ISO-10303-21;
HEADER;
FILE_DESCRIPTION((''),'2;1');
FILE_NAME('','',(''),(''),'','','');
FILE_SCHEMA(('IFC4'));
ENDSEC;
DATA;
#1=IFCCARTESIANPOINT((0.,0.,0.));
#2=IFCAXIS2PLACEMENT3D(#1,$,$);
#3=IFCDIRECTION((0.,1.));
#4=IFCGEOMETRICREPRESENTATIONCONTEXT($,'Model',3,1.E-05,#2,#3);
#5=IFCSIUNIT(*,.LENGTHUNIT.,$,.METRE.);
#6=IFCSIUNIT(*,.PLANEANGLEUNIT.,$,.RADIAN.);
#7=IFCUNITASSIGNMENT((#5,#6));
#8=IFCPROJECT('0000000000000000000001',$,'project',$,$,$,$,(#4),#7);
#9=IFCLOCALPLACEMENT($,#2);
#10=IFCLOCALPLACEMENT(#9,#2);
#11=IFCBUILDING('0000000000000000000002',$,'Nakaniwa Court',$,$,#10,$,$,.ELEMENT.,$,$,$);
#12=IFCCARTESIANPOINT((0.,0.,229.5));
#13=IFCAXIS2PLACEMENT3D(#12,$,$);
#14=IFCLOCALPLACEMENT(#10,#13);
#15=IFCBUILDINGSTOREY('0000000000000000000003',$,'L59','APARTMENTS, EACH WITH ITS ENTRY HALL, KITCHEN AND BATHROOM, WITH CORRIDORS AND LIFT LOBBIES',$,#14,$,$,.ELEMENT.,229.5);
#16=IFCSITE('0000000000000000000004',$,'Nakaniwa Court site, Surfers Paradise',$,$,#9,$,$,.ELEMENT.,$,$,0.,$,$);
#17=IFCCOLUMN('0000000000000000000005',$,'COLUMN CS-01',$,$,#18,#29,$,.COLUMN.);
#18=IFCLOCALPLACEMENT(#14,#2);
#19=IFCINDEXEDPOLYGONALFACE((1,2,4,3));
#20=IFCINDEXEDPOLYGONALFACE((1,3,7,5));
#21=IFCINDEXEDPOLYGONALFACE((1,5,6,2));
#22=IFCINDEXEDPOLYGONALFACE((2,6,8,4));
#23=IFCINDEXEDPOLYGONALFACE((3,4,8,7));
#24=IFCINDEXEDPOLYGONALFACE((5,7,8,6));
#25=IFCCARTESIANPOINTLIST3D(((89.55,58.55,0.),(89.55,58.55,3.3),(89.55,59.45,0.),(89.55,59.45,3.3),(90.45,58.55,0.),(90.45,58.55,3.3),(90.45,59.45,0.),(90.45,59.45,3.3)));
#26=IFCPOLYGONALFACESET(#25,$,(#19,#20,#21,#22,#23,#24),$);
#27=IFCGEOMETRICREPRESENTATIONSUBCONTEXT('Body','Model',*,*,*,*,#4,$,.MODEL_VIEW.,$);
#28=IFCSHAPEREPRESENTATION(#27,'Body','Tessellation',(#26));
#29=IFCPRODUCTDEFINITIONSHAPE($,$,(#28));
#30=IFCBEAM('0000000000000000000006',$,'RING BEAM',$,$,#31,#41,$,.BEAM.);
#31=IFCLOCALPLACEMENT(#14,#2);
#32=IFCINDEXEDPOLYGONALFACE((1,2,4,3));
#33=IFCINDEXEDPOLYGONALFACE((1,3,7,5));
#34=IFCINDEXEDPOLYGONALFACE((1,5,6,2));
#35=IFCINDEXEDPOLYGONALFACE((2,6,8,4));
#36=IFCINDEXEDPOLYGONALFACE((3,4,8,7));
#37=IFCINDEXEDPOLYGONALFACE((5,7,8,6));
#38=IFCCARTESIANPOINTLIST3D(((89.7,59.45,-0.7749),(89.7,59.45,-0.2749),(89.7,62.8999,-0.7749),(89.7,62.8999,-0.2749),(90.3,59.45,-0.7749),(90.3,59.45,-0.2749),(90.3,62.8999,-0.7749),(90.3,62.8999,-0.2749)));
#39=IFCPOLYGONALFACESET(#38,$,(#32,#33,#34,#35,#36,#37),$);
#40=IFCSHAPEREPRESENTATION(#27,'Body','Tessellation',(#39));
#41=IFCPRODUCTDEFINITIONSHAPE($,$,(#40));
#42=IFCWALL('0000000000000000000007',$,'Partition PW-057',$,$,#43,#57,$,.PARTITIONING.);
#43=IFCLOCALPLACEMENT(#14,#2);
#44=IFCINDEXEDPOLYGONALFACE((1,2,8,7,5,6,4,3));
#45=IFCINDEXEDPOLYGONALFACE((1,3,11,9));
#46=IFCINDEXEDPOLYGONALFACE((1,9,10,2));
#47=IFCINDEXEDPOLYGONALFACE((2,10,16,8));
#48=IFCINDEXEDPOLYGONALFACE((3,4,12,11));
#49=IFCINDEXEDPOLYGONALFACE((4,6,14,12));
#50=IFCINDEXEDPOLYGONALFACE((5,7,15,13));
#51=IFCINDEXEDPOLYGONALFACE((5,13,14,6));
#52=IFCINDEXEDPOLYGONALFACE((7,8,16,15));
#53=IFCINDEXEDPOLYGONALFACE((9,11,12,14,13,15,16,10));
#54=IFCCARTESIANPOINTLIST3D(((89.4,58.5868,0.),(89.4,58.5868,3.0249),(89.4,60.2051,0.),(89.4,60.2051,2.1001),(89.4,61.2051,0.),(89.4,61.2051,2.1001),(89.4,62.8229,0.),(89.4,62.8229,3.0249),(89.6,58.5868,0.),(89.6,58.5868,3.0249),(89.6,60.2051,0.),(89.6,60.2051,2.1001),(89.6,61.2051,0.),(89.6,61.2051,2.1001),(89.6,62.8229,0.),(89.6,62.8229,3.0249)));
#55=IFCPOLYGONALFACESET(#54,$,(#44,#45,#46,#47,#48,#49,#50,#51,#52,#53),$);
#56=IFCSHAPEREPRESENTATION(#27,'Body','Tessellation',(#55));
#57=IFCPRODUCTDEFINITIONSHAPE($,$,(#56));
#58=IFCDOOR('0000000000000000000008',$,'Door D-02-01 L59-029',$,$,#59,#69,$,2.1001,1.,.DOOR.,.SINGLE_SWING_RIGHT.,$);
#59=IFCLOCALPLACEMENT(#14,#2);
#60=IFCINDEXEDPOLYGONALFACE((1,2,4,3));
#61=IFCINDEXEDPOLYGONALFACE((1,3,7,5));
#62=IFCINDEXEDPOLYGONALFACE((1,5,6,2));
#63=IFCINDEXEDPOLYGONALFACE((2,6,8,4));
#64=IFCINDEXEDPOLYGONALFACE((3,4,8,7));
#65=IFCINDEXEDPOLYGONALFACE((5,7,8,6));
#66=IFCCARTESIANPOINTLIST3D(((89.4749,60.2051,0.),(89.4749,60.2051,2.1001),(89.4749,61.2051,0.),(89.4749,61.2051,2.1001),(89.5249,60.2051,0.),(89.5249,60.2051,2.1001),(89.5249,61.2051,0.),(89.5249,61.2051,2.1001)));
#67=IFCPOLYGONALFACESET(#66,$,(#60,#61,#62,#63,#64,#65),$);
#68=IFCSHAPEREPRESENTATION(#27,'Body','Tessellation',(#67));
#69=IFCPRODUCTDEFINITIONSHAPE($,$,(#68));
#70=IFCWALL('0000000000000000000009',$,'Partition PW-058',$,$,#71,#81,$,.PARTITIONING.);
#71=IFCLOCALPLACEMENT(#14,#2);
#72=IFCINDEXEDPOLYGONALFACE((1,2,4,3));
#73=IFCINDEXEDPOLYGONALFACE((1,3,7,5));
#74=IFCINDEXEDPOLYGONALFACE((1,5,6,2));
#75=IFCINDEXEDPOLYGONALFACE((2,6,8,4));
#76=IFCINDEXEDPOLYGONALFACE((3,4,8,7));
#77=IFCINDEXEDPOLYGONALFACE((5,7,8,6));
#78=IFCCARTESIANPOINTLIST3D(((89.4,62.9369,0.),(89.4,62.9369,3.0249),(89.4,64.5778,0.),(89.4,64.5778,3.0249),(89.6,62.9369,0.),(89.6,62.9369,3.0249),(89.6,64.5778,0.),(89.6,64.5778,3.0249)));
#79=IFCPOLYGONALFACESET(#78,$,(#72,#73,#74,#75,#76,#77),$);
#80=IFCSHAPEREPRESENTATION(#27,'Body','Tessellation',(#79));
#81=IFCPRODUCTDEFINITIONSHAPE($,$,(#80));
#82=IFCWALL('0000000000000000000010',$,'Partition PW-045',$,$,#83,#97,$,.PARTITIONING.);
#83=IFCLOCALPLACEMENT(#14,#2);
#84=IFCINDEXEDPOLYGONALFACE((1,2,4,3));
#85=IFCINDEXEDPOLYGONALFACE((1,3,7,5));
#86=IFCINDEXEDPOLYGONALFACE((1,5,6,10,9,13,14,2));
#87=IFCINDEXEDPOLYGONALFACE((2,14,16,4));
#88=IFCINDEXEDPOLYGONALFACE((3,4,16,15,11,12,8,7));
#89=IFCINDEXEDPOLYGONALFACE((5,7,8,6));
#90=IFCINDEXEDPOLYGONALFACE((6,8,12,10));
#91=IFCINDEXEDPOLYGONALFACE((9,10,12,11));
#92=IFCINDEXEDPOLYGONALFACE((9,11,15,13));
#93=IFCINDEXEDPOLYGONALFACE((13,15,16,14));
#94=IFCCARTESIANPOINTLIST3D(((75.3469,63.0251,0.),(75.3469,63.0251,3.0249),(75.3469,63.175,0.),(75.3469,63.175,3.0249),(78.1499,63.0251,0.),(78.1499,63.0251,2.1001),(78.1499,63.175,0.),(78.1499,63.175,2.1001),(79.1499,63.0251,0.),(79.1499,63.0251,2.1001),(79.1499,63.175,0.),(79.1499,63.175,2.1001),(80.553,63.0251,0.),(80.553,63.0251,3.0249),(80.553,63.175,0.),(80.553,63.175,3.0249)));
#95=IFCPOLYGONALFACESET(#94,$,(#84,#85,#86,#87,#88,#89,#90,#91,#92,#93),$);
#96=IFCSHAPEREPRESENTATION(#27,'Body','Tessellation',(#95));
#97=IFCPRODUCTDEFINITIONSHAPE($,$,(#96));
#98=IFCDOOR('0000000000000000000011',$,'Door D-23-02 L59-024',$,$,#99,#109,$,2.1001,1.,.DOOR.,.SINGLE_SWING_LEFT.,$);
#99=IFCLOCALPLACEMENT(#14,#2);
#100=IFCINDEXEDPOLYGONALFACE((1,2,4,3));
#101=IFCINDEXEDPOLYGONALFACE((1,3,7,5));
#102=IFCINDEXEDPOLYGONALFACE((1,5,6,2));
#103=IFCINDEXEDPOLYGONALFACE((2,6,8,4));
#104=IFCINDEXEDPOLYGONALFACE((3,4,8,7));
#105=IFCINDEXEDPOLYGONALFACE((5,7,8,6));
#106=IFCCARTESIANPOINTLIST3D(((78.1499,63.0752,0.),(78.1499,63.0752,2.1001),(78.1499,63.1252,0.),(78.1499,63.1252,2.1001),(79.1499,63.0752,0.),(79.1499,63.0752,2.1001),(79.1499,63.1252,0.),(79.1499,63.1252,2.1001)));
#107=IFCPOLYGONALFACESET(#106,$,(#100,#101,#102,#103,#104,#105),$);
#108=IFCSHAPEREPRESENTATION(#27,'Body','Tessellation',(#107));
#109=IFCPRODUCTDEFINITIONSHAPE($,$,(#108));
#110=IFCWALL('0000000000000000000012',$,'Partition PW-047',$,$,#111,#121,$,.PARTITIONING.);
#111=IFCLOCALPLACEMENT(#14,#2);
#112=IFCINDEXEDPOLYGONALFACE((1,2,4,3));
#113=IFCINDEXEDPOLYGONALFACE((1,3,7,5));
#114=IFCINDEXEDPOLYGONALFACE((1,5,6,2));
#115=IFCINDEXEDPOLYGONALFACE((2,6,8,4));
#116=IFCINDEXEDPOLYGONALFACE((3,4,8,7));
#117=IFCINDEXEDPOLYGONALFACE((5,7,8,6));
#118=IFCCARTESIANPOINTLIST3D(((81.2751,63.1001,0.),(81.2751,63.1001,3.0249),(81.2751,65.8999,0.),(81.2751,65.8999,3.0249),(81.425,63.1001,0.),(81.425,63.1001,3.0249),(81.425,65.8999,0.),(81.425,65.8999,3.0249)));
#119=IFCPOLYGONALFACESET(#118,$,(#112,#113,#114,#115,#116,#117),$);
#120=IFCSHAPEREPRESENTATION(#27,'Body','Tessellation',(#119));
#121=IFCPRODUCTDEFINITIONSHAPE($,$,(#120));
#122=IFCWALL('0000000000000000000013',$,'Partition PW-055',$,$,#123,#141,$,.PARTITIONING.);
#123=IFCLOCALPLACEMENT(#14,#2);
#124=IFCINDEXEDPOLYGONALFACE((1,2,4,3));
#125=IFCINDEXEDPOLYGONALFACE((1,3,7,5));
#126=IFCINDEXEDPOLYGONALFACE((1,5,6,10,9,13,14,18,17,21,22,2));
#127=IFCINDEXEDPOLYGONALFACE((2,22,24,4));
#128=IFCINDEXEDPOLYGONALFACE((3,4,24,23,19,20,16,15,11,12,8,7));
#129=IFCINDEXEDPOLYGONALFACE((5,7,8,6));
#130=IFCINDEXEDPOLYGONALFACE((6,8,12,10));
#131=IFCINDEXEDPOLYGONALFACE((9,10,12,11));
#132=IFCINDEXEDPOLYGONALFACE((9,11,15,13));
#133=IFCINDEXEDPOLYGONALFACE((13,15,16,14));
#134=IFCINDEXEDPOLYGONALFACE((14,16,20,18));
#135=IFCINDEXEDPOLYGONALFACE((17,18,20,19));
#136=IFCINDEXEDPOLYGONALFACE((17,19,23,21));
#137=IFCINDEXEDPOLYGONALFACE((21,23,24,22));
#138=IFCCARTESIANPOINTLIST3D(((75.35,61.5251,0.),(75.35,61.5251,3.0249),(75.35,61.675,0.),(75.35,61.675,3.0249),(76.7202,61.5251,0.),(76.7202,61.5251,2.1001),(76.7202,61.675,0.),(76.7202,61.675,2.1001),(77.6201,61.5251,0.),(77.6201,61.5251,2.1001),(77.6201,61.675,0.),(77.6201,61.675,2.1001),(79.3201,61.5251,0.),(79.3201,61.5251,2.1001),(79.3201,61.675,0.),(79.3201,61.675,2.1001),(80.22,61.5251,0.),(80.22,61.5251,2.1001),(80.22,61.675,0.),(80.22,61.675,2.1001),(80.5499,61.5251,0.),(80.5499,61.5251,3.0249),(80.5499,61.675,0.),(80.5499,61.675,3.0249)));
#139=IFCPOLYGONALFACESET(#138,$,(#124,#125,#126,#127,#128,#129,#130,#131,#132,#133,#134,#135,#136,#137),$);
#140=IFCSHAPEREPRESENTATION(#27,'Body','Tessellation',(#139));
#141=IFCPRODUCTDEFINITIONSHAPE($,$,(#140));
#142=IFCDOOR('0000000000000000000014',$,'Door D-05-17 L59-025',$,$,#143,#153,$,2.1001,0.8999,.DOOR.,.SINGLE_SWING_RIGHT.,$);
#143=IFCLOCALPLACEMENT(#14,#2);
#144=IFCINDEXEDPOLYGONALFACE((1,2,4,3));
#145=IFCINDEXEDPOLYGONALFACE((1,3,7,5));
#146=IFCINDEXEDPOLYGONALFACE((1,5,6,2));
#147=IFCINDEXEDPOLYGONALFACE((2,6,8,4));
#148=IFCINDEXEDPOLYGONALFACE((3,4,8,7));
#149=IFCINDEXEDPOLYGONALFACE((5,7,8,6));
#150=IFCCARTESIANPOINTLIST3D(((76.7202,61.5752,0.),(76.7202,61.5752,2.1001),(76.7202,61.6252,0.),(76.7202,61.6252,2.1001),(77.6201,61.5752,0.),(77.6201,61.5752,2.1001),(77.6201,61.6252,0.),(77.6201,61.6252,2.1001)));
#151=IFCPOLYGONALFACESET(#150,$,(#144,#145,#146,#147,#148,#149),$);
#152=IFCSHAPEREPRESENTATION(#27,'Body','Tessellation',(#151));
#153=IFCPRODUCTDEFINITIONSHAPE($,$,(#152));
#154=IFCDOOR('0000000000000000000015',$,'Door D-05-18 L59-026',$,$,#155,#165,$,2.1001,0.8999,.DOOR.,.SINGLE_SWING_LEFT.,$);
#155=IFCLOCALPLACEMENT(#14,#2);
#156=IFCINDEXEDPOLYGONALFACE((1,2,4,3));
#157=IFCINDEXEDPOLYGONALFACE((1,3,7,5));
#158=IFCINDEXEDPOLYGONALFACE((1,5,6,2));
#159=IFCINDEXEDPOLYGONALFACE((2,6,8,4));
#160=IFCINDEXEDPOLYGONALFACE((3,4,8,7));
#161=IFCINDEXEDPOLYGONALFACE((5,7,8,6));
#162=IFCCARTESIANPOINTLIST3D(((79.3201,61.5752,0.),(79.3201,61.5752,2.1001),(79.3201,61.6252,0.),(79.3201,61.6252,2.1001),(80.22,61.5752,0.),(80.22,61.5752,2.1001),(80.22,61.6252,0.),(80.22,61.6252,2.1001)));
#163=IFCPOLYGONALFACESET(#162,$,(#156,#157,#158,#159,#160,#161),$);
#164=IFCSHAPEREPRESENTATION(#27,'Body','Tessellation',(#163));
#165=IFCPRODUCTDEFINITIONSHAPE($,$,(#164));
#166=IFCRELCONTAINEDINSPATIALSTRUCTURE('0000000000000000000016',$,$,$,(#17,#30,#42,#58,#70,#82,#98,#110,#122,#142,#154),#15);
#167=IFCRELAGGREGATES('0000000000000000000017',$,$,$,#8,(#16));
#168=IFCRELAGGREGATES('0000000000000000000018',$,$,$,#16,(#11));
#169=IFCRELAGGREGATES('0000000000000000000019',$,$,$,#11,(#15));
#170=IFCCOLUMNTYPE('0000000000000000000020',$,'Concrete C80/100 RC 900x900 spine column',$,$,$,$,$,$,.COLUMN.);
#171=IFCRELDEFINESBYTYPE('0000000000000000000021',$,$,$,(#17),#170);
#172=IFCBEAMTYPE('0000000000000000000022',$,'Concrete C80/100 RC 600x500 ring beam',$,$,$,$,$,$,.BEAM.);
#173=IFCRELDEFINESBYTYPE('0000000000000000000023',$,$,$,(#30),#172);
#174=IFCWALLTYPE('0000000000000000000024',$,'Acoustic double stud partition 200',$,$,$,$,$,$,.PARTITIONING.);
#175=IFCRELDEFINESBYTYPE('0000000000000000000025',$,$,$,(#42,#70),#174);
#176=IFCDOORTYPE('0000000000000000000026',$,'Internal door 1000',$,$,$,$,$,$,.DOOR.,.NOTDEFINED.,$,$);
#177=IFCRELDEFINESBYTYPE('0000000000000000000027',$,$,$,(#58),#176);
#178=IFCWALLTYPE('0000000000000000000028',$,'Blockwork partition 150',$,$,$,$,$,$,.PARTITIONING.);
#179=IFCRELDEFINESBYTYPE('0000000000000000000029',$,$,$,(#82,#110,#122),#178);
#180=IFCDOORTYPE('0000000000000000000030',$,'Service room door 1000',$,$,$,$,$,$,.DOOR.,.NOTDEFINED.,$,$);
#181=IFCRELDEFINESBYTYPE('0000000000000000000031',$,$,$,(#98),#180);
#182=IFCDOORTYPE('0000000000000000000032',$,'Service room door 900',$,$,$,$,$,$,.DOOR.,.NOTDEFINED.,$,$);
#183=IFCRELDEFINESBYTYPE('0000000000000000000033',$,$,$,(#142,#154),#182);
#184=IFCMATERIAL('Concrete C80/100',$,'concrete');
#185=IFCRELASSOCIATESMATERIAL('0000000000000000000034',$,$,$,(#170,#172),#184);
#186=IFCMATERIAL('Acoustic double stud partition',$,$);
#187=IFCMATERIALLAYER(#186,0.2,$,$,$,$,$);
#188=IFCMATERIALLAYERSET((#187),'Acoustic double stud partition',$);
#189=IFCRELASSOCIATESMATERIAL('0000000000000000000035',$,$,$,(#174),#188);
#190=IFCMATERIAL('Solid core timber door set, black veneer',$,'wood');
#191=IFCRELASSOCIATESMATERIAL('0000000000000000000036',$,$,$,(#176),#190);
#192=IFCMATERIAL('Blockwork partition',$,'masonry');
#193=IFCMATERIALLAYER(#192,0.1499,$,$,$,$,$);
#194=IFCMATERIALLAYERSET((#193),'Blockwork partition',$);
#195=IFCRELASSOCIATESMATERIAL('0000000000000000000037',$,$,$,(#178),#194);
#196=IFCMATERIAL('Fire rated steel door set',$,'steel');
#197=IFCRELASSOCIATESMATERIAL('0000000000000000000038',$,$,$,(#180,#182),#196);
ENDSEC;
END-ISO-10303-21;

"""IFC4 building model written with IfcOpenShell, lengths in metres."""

from ifc_helpers import new_model, si_unit, direction, frame, frame_2d, origin, origin_2d, place, context, subcontext, project, spatial, rectangle, extrude, material, layer, layer_set, material_profile, profile_set, type_object, element, fill, save


model = new_model("IFC4")

# Units and contexts
model_context = context("Model", 3, precision=1e-05, world=origin(), true_north=direction((0.0, 1.0)))
body_context = subcontext(model_context, "Body", "Model", "MODEL_VIEW")
ifc_project = project(units=[si_unit("LENGTHUNIT", "METRE"), si_unit("PLANEANGLEUNIT", "RADIAN")], contexts=[model_context])

# Site, building, storey
site_placement = place(None, origin())
site = spatial("IfcSite", under=ifc_project, at=site_placement, Name="Nakaniwa Court site, Surfers Paradise", CompositionType="ELEMENT", RefElevation=0.0)
building_placement = place(site_placement, origin())
building = spatial("IfcBuilding", under=site, at=building_placement, Name="Nakaniwa Court", CompositionType="ELEMENT")
storey_placement = place(building_placement, frame((0.0, 0.0, 229.5)))
storey = spatial("IfcBuildingStorey", under=building, at=storey_placement, Name="L59", Description="APARTMENTS, EACH WITH ITS ENTRY HALL, KITCHEN AND BATHROOM, WITH CORRIDORS AND LIFT LOBBIES", CompositionType="ELEMENT", Elevation=229.5)

# Column
ifc_material_1 = material(Name="Concrete C80/100", Category="concrete")
ifc_material_profile_1 = material_profile(ifc_material_1, rectangle(XDim=0.8999, YDim=0.8999, at=origin_2d()), Name="Concrete C80/100 RC 900x900 spine column")
ifc_profile_set_1 = profile_set([ifc_material_profile_1], Name="Concrete C80/100")
column_type = type_object("IfcColumnType", Name="Concrete C80/100 RC 900x900 spine column", PredefinedType="COLUMN", material=ifc_profile_set_1)
column_placement = place(storey_placement, frame((90.0, 59.0, 0.0), z_axis=(0.0, 0.0, 1.0), x_axis=(0.0, 1.0, 0.0)))
element("IfcColumn", 1, at=column_placement, inside=storey, type_object=column_type, Name="COLUMN CS-01", PredefinedType="COLUMN", context=body_context, shape_type="SweptSolid", body=[
    extrude(rectangle(XDim=0.8999, YDim=0.8999, at=origin_2d()), origin(), (0.0, 0.0, 1.0), 3.3),
])

# Beam
ifc_material_profile_2 = material_profile(ifc_material_1, rectangle(XDim=0.6001, YDim=0.5, at=origin_2d()), Name="Concrete C80/100 RC 600x500 ring beam")
ifc_profile_set_2 = profile_set([ifc_material_profile_2], Name="Concrete C80/100")
beam_type = type_object("IfcBeamType", Name="Concrete C80/100 RC 600x500 ring beam", PredefinedType="BEAM", material=ifc_profile_set_2)
beam_placement = place(storey_placement, frame((90.0, 59.45, -0.5249), z_axis=(0.0, 1.0, 0.0), x_axis=(-1.0, 0.0, 0.0)))
element("IfcBeam", 2, at=beam_placement, inside=storey, type_object=beam_type, Name="RING BEAM", PredefinedType="BEAM", context=body_context, shape_type="SweptSolid", body=[
    extrude(rectangle(XDim=0.6001, YDim=0.5, at=origin_2d()), origin(), (0.0, 0.0, 1.0), 3.45),
])

# Wall, opening, door
ifc_material_2 = material(Name="Acoustic double stud partition")
ifc_layer_1 = layer(ifc_material_2, 0.2)
ifc_layer_set_1 = layer_set([ifc_layer_1], Name="Acoustic double stud partition")
wall_type_1 = type_object("IfcWallType", Name="Acoustic double stud partition 200", PredefinedType="PARTITIONING", material=ifc_layer_set_1)
wall_1_placement = place(storey_placement, frame((89.5, 62.823, 0.0), z_axis=(0.0, 0.0, 1.0), x_axis=(0.0, -1.0, 0.0)))
wall_1 = element("IfcWall", 3, at=wall_1_placement, inside=storey, type_object=wall_type_1, Name="Partition PW-057", PredefinedType="PARTITIONING", context=body_context, shape_type="SweptSolid", body=[
    extrude(rectangle(XDim=4.2361, YDim=0.2, at=frame_2d((2.1182, 0.0))), origin(), (0.0, 0.0, 1.0), 3.0249),
])
opening_1_placement = place(wall_1_placement, frame((1.6179, 0.0, 0.0)))
opening_1 = element("IfcOpeningElement", 4, at=opening_1_placement, cuts=wall_1, PredefinedType="OPENING", context=body_context, shape_type="SweptSolid", body=[
    extrude(rectangle(XDim=1.0, YDim=2.1001, at=frame_2d((0.5, 1.05))), frame((0.0, 0.1099, 0.0), z_axis=(0.0, -1.0, 0.0), x_axis=(1.0, 0.0, 0.0)), (0.0, 0.0, 1.0), 0.22),
])
ifc_material_3 = material(Name="Solid core timber door set, black veneer", Category="wood")
door_type_1 = type_object("IfcDoorType", Name="Internal door 1000", OperationType="NOTDEFINED", PredefinedType="DOOR", material=ifc_material_3)
door_1_placement = place(opening_1_placement, origin())
door_1 = element("IfcDoor", 5, at=door_1_placement, inside=storey, type_object=door_type_1, Name="Door D-02-01 L59-029", OperationType="SINGLE_SWING_RIGHT", OverallHeight=2.1001, OverallWidth=1.0, PredefinedType="DOOR", context=body_context, shape_type="SweptSolid", body=[
    extrude(rectangle(XDim=1.0, YDim=2.1001, at=frame_2d((0.5, 1.05))), frame((0.0, 0.0249, 0.0), z_axis=(0.0, -1.0, 0.0), x_axis=(1.0, 0.0, 0.0)), (0.0, 0.0, 1.0), 0.05),
])
fill(opening_1, door_1)

# Wall
wall_2_placement = place(storey_placement, frame((89.5, 62.937, 0.0), z_axis=(0.0, 0.0, 1.0), x_axis=(0.0, 1.0, 0.0)))
element("IfcWall", 6, at=wall_2_placement, inside=storey, type_object=wall_type_1, Name="Partition PW-058", PredefinedType="PARTITIONING", context=body_context, shape_type="SweptSolid", body=[
    extrude(rectangle(XDim=1.6409, YDim=0.2, at=frame_2d((0.8203, 0.0))), origin(), (0.0, 0.0, 1.0), 3.0249),
])

# Wall, opening, door
ifc_material_4 = material(Name="Blockwork partition", Category="masonry")
ifc_layer_2 = layer(ifc_material_4, 0.1499)
ifc_layer_set_2 = layer_set([ifc_layer_2], Name="Blockwork partition")
wall_type_2 = type_object("IfcWallType", Name="Blockwork partition 150", PredefinedType="PARTITIONING", material=ifc_layer_set_2)
wall_3_placement = place(storey_placement, frame((80.553, 63.1001, 0.0), z_axis=(0.0, 0.0, 1.0), x_axis=(-1.0, 0.0, 0.0)))
wall_3 = element("IfcWall", 7, at=wall_3_placement, inside=storey, type_object=wall_type_2, Name="Partition PW-045", PredefinedType="PARTITIONING", context=body_context, shape_type="SweptSolid", body=[
    extrude(rectangle(XDim=5.2061, YDim=0.1499, at=frame_2d((2.603, 0.0))), origin(), (0.0, 0.0, 1.0), 3.0249),
])
opening_2_placement = place(wall_3_placement, frame((1.4031, 0.0, 0.0)))
opening_2 = element("IfcOpeningElement", 8, at=opening_2_placement, cuts=wall_3, PredefinedType="OPENING", context=body_context, shape_type="SweptSolid", body=[
    extrude(rectangle(XDim=1.0, YDim=2.1001, at=frame_2d((0.5, 1.05))), frame((0.0, 0.085, 0.0), z_axis=(0.0, -1.0, 0.0), x_axis=(1.0, 0.0, 0.0)), (0.0, 0.0, 1.0), 0.1699),
])
ifc_material_5 = material(Name="Fire rated steel door set", Category="steel")
door_type_2 = type_object("IfcDoorType", Name="Service room door 1000", OperationType="NOTDEFINED", PredefinedType="DOOR", material=ifc_material_5)
door_2_placement = place(opening_2_placement, origin())
door_2 = element("IfcDoor", 9, at=door_2_placement, inside=storey, type_object=door_type_2, Name="Door D-23-02 L59-024", OperationType="SINGLE_SWING_LEFT", OverallHeight=2.1001, OverallWidth=1.0, PredefinedType="DOOR", context=body_context, shape_type="SweptSolid", body=[
    extrude(rectangle(XDim=1.0, YDim=2.1001, at=frame_2d((0.5, 1.05))), frame((0.0, 0.0249, 0.0), z_axis=(0.0, -1.0, 0.0), x_axis=(1.0, 0.0, 0.0)), (0.0, 0.0, 1.0), 0.05),
])
fill(opening_2, door_2)

# Wall
wall_4_placement = place(storey_placement, frame((81.3501, 63.1001, 0.0), z_axis=(0.0, 0.0, 1.0), x_axis=(0.0, 1.0, 0.0)))
element("IfcWall", 10, at=wall_4_placement, inside=storey, type_object=wall_type_2, Name="Partition PW-047", PredefinedType="PARTITIONING", context=body_context, shape_type="SweptSolid", body=[
    extrude(rectangle(XDim=2.7998, YDim=0.1499, at=frame_2d((1.3999, 0.0))), origin(), (0.0, 0.0, 1.0), 3.0249),
])

# Wall, openings, doors
wall_5_placement = place(storey_placement, frame((80.55, 61.6001, 0.0), z_axis=(0.0, 0.0, 1.0), x_axis=(-1.0, 0.0, 0.0)))
wall_5 = element("IfcWall", 11, at=wall_5_placement, inside=storey, type_object=wall_type_2, Name="Partition PW-055", PredefinedType="PARTITIONING", context=body_context, shape_type="SweptSolid", body=[
    extrude(rectangle(XDim=5.2, YDim=0.1499, at=frame_2d((2.6001, 0.0))), origin(), (0.0, 0.0, 1.0), 3.0249),
])
opening_3_placement = place(wall_5_placement, frame((2.9299, 0.0, 0.0)))
opening_3 = element("IfcOpeningElement", 12, at=opening_3_placement, cuts=wall_5, PredefinedType="OPENING", context=body_context, shape_type="SweptSolid", body=[
    extrude(rectangle(XDim=0.8999, YDim=2.1001, at=frame_2d((0.45, 1.05))), frame((0.0, 0.085, 0.0), z_axis=(0.0, -1.0, 0.0), x_axis=(1.0, 0.0, 0.0)), (0.0, 0.0, 1.0), 0.1699),
])
opening_4_placement = place(wall_5_placement, frame((0.3301, 0.0, 0.0)))
opening_4 = element("IfcOpeningElement", 13, at=opening_4_placement, cuts=wall_5, PredefinedType="OPENING", context=body_context, shape_type="SweptSolid", body=[
    extrude(rectangle(XDim=0.8999, YDim=2.1001, at=frame_2d((0.45, 1.05))), frame((0.0, 0.085, 0.0), z_axis=(0.0, -1.0, 0.0), x_axis=(1.0, 0.0, 0.0)), (0.0, 0.0, 1.0), 0.1699),
])
door_type_3 = type_object("IfcDoorType", Name="Service room door 900", OperationType="NOTDEFINED", PredefinedType="DOOR", material=ifc_material_5)
door_3_placement = place(opening_3_placement, origin())
door_3 = element("IfcDoor", 14, at=door_3_placement, inside=storey, type_object=door_type_3, Name="Door D-05-17 L59-025", OperationType="SINGLE_SWING_RIGHT", OverallHeight=2.1001, OverallWidth=0.8999, PredefinedType="DOOR", context=body_context, shape_type="SweptSolid", body=[
    extrude(rectangle(XDim=0.8999, YDim=2.1001, at=frame_2d((0.45, 1.05))), frame((0.0, 0.0249, 0.0), z_axis=(0.0, -1.0, 0.0), x_axis=(1.0, 0.0, 0.0)), (0.0, 0.0, 1.0), 0.05),
])
fill(opening_3, door_3)
door_4_placement = place(opening_4_placement, origin())
door_4 = element("IfcDoor", 15, at=door_4_placement, inside=storey, type_object=door_type_3, Name="Door D-05-18 L59-026", OperationType="SINGLE_SWING_LEFT", OverallHeight=2.1001, OverallWidth=0.8999, PredefinedType="DOOR", context=body_context, shape_type="SweptSolid", body=[
    extrude(rectangle(XDim=0.8999, YDim=2.1001, at=frame_2d((0.45, 1.05))), frame((0.0, 0.0249, 0.0), z_axis=(0.0, -1.0, 0.0), x_axis=(1.0, 0.0, 0.0)), (0.0, 0.0, 1.0), 0.05),
])
fill(opening_4, door_4)

save(model, "model.ifc")
